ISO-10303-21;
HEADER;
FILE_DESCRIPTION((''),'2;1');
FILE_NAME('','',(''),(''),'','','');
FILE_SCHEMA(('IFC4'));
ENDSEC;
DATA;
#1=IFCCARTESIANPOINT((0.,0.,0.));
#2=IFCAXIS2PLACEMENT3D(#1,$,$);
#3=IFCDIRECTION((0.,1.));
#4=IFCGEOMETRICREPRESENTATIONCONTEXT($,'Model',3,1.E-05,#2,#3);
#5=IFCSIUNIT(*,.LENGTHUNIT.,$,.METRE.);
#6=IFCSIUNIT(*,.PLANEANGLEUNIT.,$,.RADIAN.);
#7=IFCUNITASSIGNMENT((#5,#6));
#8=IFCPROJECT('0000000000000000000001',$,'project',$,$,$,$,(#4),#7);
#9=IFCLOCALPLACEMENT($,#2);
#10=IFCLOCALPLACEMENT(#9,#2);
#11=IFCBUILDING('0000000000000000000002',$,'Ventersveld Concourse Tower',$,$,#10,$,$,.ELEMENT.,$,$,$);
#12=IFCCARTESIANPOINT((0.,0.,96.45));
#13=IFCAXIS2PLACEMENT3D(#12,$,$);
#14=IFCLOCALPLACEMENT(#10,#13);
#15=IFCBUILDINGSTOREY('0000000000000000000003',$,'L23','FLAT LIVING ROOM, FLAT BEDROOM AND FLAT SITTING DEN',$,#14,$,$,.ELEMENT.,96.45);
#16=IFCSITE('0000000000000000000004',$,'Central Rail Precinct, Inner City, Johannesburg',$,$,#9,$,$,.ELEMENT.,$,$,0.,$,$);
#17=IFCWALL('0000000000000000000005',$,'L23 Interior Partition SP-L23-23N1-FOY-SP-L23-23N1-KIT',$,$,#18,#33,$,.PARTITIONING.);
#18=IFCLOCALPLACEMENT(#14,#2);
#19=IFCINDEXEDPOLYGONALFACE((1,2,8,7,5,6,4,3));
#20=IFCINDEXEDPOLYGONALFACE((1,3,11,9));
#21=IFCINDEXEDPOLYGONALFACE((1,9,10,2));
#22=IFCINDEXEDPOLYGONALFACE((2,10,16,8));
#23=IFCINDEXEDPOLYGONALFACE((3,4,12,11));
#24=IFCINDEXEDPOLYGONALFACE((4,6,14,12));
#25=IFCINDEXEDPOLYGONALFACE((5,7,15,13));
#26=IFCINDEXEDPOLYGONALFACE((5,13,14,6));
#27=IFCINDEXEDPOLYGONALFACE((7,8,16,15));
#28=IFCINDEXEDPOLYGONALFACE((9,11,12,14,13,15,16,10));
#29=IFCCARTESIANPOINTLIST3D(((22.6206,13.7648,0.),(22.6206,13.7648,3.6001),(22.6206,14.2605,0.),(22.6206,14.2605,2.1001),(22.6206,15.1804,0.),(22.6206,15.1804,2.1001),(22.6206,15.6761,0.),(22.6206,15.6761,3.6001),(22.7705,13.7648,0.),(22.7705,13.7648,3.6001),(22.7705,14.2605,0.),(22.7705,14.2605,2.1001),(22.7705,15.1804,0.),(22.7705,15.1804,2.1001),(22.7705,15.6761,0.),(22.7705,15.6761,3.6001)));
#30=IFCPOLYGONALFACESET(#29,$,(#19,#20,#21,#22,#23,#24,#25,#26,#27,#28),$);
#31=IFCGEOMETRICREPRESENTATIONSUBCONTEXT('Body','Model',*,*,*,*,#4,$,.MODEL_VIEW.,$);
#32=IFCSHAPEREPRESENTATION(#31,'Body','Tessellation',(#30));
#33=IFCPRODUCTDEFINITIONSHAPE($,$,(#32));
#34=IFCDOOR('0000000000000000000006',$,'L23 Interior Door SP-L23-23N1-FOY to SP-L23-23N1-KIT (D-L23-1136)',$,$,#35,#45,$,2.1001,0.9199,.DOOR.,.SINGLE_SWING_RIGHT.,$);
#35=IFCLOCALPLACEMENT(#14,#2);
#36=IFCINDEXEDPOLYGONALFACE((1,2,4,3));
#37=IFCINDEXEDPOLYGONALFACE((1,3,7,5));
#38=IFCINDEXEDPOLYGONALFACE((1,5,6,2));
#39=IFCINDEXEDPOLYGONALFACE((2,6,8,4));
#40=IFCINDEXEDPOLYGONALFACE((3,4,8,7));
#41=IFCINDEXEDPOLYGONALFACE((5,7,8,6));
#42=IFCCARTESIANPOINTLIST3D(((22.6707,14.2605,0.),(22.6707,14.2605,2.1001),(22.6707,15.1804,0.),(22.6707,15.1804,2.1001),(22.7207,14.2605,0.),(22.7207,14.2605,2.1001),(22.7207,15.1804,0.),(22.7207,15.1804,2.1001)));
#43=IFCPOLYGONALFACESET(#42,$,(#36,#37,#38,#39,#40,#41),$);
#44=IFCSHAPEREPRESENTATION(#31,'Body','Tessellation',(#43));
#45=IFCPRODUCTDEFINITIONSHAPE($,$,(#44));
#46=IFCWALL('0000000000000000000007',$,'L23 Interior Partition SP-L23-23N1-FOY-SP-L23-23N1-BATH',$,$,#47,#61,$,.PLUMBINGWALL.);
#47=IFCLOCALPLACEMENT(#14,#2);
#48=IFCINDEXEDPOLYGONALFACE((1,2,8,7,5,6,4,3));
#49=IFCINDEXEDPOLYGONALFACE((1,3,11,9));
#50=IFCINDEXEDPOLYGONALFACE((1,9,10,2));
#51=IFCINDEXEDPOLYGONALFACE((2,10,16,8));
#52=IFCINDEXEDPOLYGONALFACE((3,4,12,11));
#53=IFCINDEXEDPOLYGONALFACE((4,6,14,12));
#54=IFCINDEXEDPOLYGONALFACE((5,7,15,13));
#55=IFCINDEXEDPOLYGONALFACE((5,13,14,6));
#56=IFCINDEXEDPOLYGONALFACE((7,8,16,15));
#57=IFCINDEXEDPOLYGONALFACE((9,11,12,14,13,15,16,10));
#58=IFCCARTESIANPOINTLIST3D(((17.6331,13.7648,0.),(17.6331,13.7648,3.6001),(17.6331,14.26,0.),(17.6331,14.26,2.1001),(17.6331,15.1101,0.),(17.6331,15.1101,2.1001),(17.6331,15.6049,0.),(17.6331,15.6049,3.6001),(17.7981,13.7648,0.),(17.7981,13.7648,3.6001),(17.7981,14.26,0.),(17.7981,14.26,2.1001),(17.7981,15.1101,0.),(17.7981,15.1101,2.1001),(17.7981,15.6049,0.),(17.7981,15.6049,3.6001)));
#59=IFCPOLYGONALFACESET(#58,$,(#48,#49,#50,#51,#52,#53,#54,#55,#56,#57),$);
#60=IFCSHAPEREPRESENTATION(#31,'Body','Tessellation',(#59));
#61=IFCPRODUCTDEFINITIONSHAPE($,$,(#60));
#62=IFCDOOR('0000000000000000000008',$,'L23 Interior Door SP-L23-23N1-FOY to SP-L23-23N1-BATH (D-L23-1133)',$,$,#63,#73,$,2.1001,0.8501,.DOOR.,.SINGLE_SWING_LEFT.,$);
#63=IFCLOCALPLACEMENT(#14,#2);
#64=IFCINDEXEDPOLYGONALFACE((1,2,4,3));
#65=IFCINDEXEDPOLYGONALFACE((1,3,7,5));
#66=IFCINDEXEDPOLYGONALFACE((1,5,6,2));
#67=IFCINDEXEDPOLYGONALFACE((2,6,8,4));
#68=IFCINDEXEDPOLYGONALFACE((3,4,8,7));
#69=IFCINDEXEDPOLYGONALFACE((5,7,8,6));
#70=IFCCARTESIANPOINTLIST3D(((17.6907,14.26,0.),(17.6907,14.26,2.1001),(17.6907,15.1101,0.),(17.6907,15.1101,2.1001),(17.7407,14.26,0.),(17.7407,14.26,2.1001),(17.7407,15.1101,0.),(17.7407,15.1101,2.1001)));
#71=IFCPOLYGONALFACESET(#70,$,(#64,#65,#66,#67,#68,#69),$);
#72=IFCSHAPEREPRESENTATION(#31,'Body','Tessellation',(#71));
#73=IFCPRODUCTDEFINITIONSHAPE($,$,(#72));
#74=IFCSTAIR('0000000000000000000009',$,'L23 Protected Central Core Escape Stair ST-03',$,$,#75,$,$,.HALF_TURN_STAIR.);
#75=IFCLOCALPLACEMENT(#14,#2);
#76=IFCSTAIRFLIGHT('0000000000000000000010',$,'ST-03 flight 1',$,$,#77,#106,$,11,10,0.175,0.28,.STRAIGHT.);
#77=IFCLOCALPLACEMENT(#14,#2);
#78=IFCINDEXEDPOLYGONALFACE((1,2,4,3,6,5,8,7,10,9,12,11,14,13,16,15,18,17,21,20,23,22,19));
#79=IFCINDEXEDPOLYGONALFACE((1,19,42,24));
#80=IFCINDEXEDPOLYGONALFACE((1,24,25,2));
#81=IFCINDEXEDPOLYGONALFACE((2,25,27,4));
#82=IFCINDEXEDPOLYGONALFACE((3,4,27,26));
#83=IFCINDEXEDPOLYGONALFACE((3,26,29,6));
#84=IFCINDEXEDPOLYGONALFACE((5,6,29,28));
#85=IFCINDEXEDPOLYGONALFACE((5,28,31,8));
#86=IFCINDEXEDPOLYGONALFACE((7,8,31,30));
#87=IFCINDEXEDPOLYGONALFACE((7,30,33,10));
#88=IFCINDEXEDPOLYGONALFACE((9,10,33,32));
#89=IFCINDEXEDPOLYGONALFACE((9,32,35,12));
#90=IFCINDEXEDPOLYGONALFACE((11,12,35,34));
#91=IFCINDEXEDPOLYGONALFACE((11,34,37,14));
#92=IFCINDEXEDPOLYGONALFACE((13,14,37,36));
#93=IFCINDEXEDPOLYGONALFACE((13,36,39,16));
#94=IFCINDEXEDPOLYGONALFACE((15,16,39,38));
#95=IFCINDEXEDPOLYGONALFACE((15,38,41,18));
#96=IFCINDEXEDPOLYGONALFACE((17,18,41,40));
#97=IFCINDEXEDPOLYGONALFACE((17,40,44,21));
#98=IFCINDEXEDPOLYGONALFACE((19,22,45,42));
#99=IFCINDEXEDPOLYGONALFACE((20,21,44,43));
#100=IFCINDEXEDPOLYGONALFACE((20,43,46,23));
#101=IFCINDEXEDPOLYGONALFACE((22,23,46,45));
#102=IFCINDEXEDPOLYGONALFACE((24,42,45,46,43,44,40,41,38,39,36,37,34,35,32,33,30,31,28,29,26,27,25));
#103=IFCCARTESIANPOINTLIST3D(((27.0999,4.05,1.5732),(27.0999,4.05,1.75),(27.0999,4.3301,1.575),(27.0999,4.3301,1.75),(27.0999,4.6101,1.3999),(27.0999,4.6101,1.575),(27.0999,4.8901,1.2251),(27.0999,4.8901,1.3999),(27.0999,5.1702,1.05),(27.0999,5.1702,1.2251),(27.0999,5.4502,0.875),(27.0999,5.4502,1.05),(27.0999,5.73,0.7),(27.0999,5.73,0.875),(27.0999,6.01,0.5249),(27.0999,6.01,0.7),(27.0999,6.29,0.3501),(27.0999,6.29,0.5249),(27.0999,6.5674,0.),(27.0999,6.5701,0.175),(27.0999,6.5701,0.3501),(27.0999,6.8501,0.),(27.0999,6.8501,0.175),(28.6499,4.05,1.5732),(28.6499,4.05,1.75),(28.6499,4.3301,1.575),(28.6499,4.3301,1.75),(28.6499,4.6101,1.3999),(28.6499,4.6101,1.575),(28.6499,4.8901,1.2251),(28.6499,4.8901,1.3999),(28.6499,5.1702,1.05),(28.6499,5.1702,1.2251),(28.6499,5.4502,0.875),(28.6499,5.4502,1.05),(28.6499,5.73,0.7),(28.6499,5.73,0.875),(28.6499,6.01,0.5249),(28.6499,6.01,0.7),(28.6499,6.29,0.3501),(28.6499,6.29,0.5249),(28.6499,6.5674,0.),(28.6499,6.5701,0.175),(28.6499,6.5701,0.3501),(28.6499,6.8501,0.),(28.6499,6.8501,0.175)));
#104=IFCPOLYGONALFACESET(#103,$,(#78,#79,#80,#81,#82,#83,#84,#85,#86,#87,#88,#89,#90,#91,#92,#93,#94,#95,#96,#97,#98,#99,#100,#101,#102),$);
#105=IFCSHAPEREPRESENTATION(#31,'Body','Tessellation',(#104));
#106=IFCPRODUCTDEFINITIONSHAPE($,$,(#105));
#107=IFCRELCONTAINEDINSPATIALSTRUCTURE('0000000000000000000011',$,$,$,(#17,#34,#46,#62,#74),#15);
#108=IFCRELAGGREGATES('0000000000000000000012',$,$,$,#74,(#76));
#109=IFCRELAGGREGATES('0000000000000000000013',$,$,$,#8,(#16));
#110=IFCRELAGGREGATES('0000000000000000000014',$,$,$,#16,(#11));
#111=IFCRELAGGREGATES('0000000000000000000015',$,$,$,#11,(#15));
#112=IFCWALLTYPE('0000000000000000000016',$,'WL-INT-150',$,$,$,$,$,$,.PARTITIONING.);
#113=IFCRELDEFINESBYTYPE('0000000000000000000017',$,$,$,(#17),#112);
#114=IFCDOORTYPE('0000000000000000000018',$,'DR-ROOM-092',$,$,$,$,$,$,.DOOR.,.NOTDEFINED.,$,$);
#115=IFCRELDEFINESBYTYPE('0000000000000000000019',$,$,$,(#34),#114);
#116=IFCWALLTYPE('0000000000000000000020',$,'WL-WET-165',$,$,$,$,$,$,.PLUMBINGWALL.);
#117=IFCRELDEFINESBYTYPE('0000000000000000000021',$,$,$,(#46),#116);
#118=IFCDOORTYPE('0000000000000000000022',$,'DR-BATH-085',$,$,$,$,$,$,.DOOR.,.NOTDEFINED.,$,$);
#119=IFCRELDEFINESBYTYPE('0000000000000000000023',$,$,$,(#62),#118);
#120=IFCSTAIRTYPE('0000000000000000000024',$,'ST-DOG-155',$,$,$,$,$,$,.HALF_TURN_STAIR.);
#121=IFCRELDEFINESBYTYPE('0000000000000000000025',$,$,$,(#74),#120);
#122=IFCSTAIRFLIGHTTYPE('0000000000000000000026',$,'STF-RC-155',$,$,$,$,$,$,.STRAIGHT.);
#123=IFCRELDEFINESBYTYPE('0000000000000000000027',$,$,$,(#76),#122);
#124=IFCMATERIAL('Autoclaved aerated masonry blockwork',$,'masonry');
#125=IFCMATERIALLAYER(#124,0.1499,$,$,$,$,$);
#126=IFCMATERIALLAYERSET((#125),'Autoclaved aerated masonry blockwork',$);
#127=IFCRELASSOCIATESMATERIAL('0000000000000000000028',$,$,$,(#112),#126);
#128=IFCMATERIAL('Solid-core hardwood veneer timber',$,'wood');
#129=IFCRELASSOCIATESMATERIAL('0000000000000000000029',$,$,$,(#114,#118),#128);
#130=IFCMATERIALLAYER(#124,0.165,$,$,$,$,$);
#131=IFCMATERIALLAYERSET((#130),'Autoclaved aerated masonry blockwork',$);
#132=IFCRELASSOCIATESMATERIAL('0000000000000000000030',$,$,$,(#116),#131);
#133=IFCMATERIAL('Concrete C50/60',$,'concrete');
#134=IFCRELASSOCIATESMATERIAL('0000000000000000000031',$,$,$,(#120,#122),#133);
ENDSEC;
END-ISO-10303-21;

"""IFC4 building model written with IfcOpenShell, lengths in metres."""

from ifc_helpers import new_model, si_unit, direction, frame, frame_2d, origin, place, context, subcontext, project, spatial, polyline, rectangle, outline, extrude, material, layer, layer_set, type_object, element, fill, aggregate, save


model = new_model("IFC4")

# Units and contexts
model_context = context("Model", 3, precision=1e-05, world=origin(), true_north=direction((0.0, 1.0)))
body_context = subcontext(model_context, "Body", "Model", "MODEL_VIEW")
ifc_project = project(units=[si_unit("LENGTHUNIT", "METRE"), si_unit("PLANEANGLEUNIT", "RADIAN")], contexts=[model_context])

# Site, building, storey
site_placement = place(None, origin())
site = spatial("IfcSite", under=ifc_project, at=site_placement, Name="Central Rail Precinct, Inner City, Johannesburg", CompositionType="ELEMENT", RefElevation=0.0)
building_placement = place(site_placement, origin())
building = spatial("IfcBuilding", under=site, at=building_placement, Name="Ventersveld Concourse Tower", CompositionType="ELEMENT")
storey_placement = place(building_placement, frame((0.0, 0.0, 96.45)))
storey = spatial("IfcBuildingStorey", under=building, at=storey_placement, Name="L23", Description="FLAT LIVING ROOM, FLAT BEDROOM AND FLAT SITTING DEN", CompositionType="ELEMENT", Elevation=96.45)

# Shared definitions
ifc_material_1 = material(Name="Concrete C50/60", Category="concrete")

# Walls, openings, doors
ifc_material_2 = material(Name="Autoclaved aerated masonry blockwork", Category="masonry")
ifc_layer_1 = layer(ifc_material_2, 0.1499)
ifc_layer_set_1 = layer_set([ifc_layer_1], Name="Autoclaved aerated masonry blockwork")
wall_type_1 = type_object("IfcWallType", Name="WL-INT-150", PredefinedType="PARTITIONING", material=ifc_layer_set_1)
wall_1_placement = place(storey_placement, frame((22.6956, 13.7649, 0.0), z_axis=(0.0, 0.0, 1.0), x_axis=(0.0, 1.0, 0.0)))
wall_1 = element("IfcWall", 1, at=wall_1_placement, inside=storey, type_object=wall_type_1, Name="L23 Interior Partition SP-L23-23N1-FOY-SP-L23-23N1-KIT", PredefinedType="PARTITIONING", context=body_context, shape_type="SweptSolid", body=[
    extrude(rectangle(XDim=1.9114, YDim=0.1499, at=frame_2d((0.9556, 0.0))), origin(), (0.0, 0.0, 1.0), 3.6001),
])
opening_1_placement = place(wall_1_placement, frame((0.4956, 0.0, 0.0)))
opening_1 = element("IfcOpeningElement", 2, at=opening_1_placement, cuts=wall_1, PredefinedType="OPENING", context=body_context, shape_type="SweptSolid", body=[
    extrude(rectangle(XDim=0.9199, YDim=2.1001, at=frame_2d((0.46, 1.05))), frame((0.0, 0.085, 0.0), z_axis=(0.0, -1.0, 0.0), x_axis=(1.0, 0.0, 0.0)), (0.0, 0.0, 1.0), 0.1699),
])
ifc_material_3 = material(Name="Solid-core hardwood veneer timber", Category="wood")
door_type_1 = type_object("IfcDoorType", Name="DR-ROOM-092", OperationType="NOTDEFINED", PredefinedType="DOOR", material=ifc_material_3)
door_1_placement = place(opening_1_placement, origin())
door_1 = element("IfcDoor", 3, at=door_1_placement, inside=storey, type_object=door_type_1, Name="L23 Interior Door SP-L23-23N1-FOY to SP-L23-23N1-KIT (D-L23-1136)", OperationType="SINGLE_SWING_RIGHT", OverallHeight=2.1001, OverallWidth=0.9199, PredefinedType="DOOR", context=body_context, shape_type="SweptSolid", body=[
    extrude(rectangle(XDim=0.9199, YDim=2.1001, at=frame_2d((0.46, 1.05))), frame((0.0, 0.0249, 0.0), z_axis=(0.0, -1.0, 0.0), x_axis=(1.0, 0.0, 0.0)), (0.0, 0.0, 1.0), 0.05),
])
fill(opening_1, door_1)
ifc_layer_2 = layer(ifc_material_2, 0.165)
ifc_layer_set_2 = layer_set([ifc_layer_2], Name="Autoclaved aerated masonry blockwork")
wall_type_2 = type_object("IfcWallType", Name="WL-WET-165", PredefinedType="PLUMBINGWALL", material=ifc_layer_set_2)
wall_2_placement = place(storey_placement, frame((17.7156, 13.7649, 0.0), z_axis=(0.0, 0.0, 1.0), x_axis=(0.0, 1.0, 0.0)))
wall_2 = element("IfcWall", 4, at=wall_2_placement, inside=storey, type_object=wall_type_2, Name="L23 Interior Partition SP-L23-23N1-FOY-SP-L23-23N1-BATH", PredefinedType="PLUMBINGWALL", context=body_context, shape_type="SweptSolid", body=[
    extrude(rectangle(XDim=1.8401, YDim=0.165, at=frame_2d((0.9199, 0.0))), origin(), (0.0, 0.0, 1.0), 3.6001),
])
opening_2_placement = place(wall_2_placement, frame((0.4951, 0.0, 0.0)))
opening_2 = element("IfcOpeningElement", 5, at=opening_2_placement, cuts=wall_2, PredefinedType="OPENING", context=body_context, shape_type="SweptSolid", body=[
    extrude(rectangle(XDim=0.8501, YDim=2.1001, at=frame_2d((0.425, 1.05))), frame((0.0, 0.0925, 0.0), z_axis=(0.0, -1.0, 0.0), x_axis=(1.0, 0.0, 0.0)), (0.0, 0.0, 1.0), 0.1851),
])
door_type_2 = type_object("IfcDoorType", Name="DR-BATH-085", OperationType="NOTDEFINED", PredefinedType="DOOR", material=ifc_material_3)
door_2_placement = place(opening_2_placement, origin())
door_2 = element("IfcDoor", 6, at=door_2_placement, inside=storey, type_object=door_type_2, Name="L23 Interior Door SP-L23-23N1-FOY to SP-L23-23N1-BATH (D-L23-1133)", OperationType="SINGLE_SWING_LEFT", OverallHeight=2.1001, OverallWidth=0.8501, PredefinedType="DOOR", context=body_context, shape_type="SweptSolid", body=[
    extrude(rectangle(XDim=0.8501, YDim=2.1001, at=frame_2d((0.425, 1.05))), frame((0.0, 0.0249, 0.0), z_axis=(0.0, -1.0, 0.0), x_axis=(1.0, 0.0, 0.0)), (0.0, 0.0, 1.0), 0.05),
])
fill(opening_2, door_2)

# Stair, stair flight
stair_type = type_object("IfcStairType", Name="ST-DOG-155", PredefinedType="HALF_TURN_STAIR", material=ifc_material_1)
stair_placement = place(storey_placement, origin())
stair = element("IfcStair", 7, at=stair_placement, inside=storey, type_object=stair_type, Name="L23 Protected Central Core Escape Stair ST-03", PredefinedType="HALF_TURN_STAIR")
stair_flight_type = type_object("IfcStairFlightType", Name="STF-RC-155", PredefinedType="STRAIGHT", material=ifc_material_1)
stair_flight_placement = place(storey_placement, frame((27.875, 6.8501, 0.0), z_axis=(0.0, 0.0, 1.0), x_axis=(0.0, -1.0, 0.0)))
stair_flight = element("IfcStairFlight", 8, at=stair_flight_placement, type_object=stair_flight_type, Name="ST-03 flight 1", NumberOfRisers=11, NumberOfTreads=10, PredefinedType="STRAIGHT", RiserHeight=0.175, TreadLength=0.28, context=body_context, shape_type="SweptSolid", body=[
    extrude(outline(polyline([(0.0, 0.0), (0.0, 0.175), (0.28, 0.175), (0.28, 0.3501), (0.5601, 0.3501), (0.5601, 0.5249), (0.8401, 0.5249), (0.8401, 0.7), (1.1201, 0.7), (1.1201, 0.875), (1.3999, 0.875), (1.3999, 1.05), (1.6799, 1.05), (1.6799, 1.2251), (1.96, 1.2251), (1.96, 1.3999), (2.24, 1.3999), (2.24, 1.575), (2.52, 1.575), (2.52, 1.75), (2.8, 1.75), (2.8, 1.925), (2.8, 1.5732), (0.2827, 0.0), (0.0, 0.0)])), frame((0.0, 0.7749, 0.0), z_axis=(0.0, -1.0, 0.0), x_axis=(1.0, 0.0, 0.0)), (0.0, 0.0, 1.0), 1.55),
])
aggregate(stair, [stair_flight])

save(model, "model.ifc")
